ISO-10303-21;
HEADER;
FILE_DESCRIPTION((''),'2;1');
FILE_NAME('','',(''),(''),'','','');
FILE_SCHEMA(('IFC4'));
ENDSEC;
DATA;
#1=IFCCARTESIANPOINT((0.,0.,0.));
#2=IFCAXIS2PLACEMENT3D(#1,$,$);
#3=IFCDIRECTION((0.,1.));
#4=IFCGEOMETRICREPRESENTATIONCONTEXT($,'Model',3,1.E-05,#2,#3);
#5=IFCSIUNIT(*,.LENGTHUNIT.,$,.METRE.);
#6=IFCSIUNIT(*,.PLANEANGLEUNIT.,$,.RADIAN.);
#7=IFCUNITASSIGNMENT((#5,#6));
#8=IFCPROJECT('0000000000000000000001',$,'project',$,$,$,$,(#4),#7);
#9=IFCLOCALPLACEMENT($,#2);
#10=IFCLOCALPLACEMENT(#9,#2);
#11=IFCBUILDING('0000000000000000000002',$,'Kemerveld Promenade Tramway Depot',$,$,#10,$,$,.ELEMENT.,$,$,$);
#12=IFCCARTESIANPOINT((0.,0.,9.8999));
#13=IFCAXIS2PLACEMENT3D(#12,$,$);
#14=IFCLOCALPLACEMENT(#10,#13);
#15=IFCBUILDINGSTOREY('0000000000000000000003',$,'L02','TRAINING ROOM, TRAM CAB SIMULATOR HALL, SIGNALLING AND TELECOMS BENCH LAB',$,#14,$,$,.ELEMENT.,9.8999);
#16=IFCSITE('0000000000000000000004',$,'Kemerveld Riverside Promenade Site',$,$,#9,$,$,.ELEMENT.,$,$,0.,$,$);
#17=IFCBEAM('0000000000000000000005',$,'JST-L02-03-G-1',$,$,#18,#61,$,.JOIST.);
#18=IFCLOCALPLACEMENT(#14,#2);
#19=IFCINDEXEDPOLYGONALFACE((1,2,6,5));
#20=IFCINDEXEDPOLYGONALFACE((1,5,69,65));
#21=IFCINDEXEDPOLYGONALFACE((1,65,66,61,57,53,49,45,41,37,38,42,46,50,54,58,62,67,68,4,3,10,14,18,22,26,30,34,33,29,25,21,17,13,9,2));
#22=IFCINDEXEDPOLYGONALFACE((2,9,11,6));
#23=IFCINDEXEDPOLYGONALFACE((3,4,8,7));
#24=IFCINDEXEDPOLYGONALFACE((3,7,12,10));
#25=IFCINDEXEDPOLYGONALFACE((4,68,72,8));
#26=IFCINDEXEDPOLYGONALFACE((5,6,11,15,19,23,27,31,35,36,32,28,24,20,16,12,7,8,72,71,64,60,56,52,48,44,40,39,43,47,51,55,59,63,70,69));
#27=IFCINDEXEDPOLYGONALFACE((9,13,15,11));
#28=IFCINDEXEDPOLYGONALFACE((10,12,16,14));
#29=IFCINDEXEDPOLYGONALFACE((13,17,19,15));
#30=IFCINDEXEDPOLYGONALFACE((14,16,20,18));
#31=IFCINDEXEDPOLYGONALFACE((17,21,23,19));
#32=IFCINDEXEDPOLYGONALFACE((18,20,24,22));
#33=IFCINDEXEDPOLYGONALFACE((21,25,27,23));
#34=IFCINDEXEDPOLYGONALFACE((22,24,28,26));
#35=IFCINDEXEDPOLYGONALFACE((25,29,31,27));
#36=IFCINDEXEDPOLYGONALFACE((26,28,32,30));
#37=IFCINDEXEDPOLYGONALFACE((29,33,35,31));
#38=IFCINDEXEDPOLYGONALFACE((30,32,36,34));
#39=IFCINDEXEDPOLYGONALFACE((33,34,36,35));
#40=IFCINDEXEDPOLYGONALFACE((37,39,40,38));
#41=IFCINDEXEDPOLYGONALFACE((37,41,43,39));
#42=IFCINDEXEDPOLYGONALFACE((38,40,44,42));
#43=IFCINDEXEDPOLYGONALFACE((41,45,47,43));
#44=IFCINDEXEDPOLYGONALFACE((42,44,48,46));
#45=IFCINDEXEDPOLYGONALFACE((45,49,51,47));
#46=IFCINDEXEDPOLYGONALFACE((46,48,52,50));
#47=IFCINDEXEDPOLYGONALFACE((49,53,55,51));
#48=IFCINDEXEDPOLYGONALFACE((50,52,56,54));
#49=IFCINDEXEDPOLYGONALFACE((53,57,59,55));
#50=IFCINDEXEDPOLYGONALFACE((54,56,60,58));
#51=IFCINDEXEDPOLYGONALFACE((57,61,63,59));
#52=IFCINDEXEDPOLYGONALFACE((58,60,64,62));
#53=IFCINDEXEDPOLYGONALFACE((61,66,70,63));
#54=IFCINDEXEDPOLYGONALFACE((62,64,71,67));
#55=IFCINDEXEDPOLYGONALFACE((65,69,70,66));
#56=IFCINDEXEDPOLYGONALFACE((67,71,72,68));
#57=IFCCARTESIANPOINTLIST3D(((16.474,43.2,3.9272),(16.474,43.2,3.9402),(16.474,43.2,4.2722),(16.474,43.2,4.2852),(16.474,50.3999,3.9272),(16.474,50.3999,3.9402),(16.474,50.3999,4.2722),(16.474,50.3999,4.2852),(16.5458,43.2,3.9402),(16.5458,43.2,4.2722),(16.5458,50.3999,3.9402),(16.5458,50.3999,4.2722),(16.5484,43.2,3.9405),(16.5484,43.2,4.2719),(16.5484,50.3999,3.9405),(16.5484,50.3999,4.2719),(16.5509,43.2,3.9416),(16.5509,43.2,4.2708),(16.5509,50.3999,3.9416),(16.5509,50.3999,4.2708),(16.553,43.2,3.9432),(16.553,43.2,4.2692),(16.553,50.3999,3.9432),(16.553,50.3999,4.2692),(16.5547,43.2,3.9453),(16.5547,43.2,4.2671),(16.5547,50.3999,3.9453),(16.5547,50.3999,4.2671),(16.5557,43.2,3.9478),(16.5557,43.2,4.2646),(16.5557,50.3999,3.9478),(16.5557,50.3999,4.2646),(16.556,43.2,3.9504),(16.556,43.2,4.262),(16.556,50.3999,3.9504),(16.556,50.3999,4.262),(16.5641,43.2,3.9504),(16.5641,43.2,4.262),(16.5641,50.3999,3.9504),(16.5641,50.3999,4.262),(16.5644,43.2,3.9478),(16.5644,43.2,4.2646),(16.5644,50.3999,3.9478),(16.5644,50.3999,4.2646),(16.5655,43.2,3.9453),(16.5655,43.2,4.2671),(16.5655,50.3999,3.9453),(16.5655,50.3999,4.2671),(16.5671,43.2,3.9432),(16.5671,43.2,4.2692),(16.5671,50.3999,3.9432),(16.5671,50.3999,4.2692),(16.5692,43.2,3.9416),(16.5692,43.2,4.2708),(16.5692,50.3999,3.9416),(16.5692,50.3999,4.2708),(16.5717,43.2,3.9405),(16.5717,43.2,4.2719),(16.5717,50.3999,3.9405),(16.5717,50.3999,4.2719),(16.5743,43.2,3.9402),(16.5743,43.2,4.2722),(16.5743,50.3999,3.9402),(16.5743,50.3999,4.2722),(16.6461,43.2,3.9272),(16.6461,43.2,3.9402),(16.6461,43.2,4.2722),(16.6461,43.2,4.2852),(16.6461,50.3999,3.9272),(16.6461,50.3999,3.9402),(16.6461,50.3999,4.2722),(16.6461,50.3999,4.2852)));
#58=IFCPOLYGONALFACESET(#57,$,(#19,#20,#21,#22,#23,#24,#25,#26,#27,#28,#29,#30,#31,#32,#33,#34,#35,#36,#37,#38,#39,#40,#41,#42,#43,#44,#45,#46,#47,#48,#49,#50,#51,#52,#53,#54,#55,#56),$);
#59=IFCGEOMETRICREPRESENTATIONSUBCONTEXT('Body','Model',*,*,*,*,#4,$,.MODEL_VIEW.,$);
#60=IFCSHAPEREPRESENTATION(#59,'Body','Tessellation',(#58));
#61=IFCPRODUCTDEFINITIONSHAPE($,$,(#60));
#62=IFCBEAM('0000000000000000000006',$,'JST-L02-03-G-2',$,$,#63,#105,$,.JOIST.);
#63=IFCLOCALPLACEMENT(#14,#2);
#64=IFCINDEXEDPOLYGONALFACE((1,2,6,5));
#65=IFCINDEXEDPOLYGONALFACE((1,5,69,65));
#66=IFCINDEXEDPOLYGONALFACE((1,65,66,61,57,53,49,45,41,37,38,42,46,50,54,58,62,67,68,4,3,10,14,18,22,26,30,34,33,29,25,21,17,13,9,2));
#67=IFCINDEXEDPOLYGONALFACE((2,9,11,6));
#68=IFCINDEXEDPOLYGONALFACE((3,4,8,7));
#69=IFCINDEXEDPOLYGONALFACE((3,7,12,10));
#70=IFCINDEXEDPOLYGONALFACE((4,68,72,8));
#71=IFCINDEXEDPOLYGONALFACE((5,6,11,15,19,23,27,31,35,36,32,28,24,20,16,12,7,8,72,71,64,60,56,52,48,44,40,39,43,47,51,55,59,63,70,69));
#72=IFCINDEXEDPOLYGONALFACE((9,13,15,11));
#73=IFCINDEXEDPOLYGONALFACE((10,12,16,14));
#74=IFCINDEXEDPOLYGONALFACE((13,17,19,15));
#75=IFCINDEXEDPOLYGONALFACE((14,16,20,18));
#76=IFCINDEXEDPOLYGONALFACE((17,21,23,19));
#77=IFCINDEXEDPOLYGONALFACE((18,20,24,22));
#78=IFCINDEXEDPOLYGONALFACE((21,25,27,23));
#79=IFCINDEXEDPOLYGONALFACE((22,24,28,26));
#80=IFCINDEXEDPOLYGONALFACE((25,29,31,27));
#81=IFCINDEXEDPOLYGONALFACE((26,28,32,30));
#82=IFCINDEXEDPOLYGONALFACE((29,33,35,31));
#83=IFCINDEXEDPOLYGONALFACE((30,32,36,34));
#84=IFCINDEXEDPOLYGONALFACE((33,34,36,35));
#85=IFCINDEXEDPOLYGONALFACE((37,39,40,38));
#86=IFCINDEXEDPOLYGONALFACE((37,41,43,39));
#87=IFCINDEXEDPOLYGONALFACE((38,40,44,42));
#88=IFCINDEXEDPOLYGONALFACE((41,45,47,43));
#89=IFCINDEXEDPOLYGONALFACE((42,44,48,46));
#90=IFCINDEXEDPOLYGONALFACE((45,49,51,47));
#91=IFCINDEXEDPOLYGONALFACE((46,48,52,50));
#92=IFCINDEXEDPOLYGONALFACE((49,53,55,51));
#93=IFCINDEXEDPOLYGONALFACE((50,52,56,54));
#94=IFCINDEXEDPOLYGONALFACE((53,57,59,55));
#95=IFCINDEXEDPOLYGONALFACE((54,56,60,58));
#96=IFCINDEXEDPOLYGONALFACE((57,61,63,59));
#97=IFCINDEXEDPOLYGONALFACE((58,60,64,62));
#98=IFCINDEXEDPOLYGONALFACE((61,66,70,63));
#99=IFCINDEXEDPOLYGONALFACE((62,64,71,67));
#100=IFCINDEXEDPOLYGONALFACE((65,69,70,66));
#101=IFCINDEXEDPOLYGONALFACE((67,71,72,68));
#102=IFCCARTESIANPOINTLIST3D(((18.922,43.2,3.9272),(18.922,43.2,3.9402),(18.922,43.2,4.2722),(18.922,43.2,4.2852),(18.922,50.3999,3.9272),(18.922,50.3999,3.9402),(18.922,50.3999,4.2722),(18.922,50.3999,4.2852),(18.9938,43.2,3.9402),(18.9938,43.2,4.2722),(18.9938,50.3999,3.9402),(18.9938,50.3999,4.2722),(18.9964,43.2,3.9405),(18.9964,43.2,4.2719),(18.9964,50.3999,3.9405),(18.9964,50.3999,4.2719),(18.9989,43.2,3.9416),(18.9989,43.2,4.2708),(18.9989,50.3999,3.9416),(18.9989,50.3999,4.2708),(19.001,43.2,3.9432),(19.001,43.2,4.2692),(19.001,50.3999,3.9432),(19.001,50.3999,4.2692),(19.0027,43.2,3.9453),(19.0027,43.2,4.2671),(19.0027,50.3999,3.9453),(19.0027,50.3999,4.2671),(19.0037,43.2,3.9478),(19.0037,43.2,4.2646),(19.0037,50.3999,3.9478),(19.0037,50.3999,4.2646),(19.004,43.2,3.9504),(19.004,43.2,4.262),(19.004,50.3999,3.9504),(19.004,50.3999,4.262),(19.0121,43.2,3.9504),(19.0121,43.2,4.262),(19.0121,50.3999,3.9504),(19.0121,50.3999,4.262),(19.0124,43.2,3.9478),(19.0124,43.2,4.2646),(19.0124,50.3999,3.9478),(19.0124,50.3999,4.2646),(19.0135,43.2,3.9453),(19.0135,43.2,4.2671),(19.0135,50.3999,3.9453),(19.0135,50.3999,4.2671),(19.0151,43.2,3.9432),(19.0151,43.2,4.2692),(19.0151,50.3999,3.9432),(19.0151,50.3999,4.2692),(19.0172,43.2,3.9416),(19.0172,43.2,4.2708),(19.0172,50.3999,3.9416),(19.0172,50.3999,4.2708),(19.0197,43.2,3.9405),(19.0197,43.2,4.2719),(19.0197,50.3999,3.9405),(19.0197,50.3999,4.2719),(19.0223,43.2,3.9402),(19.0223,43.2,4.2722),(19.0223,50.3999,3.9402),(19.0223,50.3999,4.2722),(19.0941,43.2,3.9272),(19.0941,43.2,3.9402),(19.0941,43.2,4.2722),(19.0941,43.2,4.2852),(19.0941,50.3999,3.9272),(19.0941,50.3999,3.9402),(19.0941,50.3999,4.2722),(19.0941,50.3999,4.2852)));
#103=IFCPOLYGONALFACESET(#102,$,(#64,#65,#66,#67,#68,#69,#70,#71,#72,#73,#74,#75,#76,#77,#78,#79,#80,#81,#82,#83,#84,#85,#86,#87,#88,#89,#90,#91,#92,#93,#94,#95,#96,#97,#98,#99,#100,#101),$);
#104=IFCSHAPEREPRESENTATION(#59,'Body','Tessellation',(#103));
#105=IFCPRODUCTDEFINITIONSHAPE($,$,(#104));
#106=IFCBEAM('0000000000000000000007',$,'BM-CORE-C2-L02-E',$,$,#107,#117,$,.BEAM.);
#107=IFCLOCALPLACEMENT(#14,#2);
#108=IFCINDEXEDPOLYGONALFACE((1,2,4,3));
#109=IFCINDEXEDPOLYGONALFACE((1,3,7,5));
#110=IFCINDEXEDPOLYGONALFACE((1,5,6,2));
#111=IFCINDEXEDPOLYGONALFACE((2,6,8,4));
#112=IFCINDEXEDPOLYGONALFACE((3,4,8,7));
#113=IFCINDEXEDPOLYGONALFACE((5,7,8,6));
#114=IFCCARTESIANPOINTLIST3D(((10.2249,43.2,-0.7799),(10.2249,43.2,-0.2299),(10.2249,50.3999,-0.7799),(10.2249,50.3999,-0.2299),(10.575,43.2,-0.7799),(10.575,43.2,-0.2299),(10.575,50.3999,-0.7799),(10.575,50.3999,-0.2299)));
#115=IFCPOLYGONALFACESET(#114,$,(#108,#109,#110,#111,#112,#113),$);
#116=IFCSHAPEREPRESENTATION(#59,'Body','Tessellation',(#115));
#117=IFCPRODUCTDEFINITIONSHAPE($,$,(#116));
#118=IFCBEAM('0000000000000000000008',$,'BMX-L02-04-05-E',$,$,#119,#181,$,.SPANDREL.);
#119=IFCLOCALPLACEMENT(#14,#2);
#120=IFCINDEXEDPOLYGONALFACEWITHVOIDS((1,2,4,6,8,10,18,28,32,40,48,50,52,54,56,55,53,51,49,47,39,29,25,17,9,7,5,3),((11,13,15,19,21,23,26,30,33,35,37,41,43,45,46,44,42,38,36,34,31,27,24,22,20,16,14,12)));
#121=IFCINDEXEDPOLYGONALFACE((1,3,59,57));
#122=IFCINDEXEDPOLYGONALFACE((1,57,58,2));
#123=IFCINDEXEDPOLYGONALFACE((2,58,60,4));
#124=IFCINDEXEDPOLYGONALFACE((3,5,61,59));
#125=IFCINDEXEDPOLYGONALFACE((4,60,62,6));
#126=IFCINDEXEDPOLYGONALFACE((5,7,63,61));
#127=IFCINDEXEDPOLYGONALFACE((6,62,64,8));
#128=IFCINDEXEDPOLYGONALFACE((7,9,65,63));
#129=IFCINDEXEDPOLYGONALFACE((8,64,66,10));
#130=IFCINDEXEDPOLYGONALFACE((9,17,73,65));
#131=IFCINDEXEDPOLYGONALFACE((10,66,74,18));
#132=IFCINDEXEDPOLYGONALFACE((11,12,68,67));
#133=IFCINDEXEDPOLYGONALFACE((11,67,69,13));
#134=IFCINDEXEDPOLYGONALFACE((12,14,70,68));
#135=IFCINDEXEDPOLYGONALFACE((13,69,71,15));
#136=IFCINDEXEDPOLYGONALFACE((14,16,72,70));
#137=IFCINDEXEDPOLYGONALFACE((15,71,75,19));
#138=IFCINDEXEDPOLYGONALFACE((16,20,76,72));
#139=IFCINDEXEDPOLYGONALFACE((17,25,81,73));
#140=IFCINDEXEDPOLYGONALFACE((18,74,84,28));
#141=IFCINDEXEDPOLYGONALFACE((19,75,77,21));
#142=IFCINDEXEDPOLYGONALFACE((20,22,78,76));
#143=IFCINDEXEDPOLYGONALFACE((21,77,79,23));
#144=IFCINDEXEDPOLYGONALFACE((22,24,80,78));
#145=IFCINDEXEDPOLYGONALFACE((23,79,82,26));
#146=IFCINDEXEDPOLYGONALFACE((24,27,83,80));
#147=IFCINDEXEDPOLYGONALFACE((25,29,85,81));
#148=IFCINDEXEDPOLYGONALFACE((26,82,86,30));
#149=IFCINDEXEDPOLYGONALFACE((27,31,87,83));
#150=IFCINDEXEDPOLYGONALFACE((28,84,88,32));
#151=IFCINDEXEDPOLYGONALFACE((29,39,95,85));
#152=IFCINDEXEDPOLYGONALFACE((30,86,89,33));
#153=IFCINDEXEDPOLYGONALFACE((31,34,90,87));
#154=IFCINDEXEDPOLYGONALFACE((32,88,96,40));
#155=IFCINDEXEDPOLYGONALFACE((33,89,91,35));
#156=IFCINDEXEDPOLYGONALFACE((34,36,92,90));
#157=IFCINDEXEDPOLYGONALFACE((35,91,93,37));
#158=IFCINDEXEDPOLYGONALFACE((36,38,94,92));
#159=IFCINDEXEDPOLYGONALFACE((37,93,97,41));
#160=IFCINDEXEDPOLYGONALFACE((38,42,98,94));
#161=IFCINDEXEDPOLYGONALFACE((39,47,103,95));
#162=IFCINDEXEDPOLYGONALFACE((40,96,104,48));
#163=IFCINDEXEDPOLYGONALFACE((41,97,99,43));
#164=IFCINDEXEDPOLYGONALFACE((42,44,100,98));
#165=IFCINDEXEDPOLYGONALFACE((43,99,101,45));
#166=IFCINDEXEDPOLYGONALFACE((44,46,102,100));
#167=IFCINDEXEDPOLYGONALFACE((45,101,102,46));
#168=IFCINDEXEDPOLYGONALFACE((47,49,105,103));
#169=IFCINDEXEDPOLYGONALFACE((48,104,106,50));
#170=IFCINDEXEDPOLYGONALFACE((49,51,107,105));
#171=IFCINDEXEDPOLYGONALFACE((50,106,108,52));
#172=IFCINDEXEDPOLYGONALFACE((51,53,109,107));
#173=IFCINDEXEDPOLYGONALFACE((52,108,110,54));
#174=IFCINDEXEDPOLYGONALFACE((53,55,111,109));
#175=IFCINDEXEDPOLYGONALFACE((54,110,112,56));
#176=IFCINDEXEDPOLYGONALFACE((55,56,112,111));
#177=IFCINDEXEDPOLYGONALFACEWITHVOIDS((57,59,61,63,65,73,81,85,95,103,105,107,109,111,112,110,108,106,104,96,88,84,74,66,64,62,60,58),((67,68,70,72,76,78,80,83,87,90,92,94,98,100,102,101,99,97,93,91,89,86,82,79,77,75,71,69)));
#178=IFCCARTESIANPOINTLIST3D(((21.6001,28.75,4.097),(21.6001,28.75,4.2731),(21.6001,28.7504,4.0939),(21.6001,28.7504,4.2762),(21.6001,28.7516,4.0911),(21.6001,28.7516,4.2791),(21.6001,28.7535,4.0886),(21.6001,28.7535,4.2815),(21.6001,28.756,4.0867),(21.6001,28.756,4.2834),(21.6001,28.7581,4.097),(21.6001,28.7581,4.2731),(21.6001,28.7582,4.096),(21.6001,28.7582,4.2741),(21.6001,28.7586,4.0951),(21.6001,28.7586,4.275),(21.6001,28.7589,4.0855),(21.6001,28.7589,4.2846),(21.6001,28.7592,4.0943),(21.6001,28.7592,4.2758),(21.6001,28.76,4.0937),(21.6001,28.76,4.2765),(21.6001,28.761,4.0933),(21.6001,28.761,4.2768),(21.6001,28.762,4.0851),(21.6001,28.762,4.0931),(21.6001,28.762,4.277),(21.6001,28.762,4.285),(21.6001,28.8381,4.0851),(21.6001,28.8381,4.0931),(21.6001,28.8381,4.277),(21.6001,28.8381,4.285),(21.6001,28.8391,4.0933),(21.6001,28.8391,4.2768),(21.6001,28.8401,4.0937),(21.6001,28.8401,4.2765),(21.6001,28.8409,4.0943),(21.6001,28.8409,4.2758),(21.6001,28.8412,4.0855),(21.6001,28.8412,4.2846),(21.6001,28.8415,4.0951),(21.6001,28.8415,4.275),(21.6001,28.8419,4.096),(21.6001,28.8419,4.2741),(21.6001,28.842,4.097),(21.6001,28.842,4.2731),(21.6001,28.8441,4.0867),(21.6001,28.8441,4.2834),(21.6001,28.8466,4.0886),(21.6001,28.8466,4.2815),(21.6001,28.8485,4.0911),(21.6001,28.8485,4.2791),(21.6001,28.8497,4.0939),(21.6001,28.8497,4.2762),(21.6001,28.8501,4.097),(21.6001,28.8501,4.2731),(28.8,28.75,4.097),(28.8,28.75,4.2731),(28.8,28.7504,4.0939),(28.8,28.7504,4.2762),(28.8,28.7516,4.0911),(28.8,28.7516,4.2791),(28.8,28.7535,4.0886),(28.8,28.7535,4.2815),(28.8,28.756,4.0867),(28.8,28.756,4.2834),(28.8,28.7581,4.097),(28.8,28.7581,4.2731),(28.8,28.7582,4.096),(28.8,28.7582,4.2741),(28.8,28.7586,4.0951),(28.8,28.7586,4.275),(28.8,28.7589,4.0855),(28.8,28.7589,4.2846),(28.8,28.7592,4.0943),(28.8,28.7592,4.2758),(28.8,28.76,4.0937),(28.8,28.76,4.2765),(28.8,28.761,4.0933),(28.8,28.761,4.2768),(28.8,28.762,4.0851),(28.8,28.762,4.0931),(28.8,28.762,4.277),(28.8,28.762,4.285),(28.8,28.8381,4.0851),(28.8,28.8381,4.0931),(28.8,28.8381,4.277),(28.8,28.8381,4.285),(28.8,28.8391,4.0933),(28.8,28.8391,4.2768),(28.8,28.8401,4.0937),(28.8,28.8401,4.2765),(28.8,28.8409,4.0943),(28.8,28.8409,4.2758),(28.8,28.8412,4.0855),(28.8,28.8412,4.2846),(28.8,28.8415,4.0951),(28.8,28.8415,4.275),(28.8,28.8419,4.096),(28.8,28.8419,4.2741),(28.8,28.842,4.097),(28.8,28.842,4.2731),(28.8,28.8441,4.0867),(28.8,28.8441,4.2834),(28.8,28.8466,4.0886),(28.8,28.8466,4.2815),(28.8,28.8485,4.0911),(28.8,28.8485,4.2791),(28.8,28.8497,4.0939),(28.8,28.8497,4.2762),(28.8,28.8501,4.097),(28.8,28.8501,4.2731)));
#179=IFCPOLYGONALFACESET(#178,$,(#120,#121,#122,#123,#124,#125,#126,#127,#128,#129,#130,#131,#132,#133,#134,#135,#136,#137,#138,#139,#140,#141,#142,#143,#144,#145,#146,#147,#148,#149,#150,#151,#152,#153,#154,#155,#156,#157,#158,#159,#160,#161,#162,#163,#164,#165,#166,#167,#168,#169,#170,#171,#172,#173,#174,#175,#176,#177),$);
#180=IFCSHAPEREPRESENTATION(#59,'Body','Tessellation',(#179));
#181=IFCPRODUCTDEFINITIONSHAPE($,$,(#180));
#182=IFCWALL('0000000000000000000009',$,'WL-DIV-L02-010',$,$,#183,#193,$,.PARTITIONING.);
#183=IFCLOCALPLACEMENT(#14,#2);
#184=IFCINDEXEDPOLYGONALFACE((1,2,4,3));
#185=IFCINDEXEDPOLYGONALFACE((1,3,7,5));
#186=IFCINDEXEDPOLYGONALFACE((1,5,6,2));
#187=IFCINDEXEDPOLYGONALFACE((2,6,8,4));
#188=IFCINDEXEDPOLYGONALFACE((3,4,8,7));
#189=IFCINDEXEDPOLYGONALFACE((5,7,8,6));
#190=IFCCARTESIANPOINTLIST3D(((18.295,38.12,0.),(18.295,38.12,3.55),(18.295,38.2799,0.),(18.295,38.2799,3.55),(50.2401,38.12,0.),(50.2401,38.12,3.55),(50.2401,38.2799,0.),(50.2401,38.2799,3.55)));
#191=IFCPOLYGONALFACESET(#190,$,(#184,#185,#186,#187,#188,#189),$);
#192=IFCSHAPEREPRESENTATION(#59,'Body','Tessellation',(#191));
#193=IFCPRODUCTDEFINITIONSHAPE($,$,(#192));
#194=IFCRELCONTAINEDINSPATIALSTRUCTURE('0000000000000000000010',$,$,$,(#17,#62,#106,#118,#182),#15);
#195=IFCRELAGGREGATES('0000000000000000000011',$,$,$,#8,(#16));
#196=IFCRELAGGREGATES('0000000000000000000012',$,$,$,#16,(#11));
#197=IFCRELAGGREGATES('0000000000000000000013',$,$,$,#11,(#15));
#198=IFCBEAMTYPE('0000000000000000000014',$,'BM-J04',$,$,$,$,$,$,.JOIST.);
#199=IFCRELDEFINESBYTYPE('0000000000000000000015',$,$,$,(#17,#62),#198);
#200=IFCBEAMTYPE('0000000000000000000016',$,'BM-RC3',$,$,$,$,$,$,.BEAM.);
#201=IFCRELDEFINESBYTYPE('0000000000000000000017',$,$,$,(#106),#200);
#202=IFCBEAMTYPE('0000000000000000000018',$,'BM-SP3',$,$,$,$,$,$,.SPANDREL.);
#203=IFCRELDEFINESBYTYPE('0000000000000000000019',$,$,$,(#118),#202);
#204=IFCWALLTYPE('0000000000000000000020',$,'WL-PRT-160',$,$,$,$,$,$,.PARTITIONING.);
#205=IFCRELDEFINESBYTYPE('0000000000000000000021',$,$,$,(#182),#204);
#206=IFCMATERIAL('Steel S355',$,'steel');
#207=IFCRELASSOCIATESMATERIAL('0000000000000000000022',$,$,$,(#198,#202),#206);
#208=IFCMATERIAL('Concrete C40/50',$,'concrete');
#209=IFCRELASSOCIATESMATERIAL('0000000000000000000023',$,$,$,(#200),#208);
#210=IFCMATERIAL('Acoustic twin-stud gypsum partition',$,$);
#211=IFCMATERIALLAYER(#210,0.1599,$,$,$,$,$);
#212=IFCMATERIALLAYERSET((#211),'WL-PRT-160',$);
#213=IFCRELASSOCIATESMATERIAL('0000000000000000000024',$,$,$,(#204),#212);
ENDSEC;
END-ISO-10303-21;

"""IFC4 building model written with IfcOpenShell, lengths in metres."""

from ifc_helpers import new_model, si_unit, direction, frame, frame_2d, origin, origin_2d, place, context, subcontext, project, spatial, rectangle, hollow_rectangle, i_section, extrude, material, layer, layer_set, material_profile, profile_set, type_object, element, save


model = new_model("IFC4")

# Units and contexts
model_context = context("Model", 3, precision=1e-05, world=origin(), true_north=direction((0.0, 1.0)))
body_context = subcontext(model_context, "Body", "Model", "MODEL_VIEW")
ifc_project = project(units=[si_unit("LENGTHUNIT", "METRE"), si_unit("PLANEANGLEUNIT", "RADIAN")], contexts=[model_context])

# Site, building, storey
site_placement = place(None, origin())
site = spatial("IfcSite", under=ifc_project, at=site_placement, Name="Kemerveld Riverside Promenade Site", CompositionType="ELEMENT", RefElevation=0.0)
building_placement = place(site_placement, origin())
building = spatial("IfcBuilding", under=site, at=building_placement, Name="Kemerveld Promenade Tramway Depot", CompositionType="ELEMENT")
storey_placement = place(building_placement, frame((0.0, 0.0, 9.8999)))
storey = spatial("IfcBuildingStorey", under=building, at=storey_placement, Name="L02", Description="TRAINING ROOM, TRAM CAB SIMULATOR HALL, SIGNALLING AND TELECOMS BENCH LAB", CompositionType="ELEMENT", Elevation=9.8999)

# Shared definitions
ifc_material_1 = material(Name="Steel S355", Category="steel")

# Beams
ifc_material_profile_1 = material_profile(ifc_material_1, i_section(OverallWidth=0.1721, OverallDepth=0.3579, WebThickness=0.0081, FlangeThickness=0.0129, FilletRadius=0.0103, at=origin_2d()), Name="356x171x57 UB")
ifc_profile_set_1 = profile_set([ifc_material_profile_1], Name="Steel S355")
beam_type_1 = type_object("IfcBeamType", Name="BM-J04", PredefinedType="JOIST", material=ifc_profile_set_1)
for number, where, z_axis, x_axis, name in (
    (1, (16.5601, 43.2, 4.1062), (0.0, 1.0, 0.0), (-1.0, 0.0, 0.0), "JST-L02-03-G-1"),
    (2, (19.0081, 43.2, 4.1062), (0.0, 1.0, 0.0), (-1.0, 0.0, 0.0), "JST-L02-03-G-2"),
):
    element("IfcBeam", number, at=place(storey_placement, frame(where, z_axis=z_axis, x_axis=x_axis)), inside=storey, type_object=beam_type_1, Name=name, PredefinedType="JOIST", context=body_context, shape_type="SweptSolid", body=[
        extrude(i_section(OverallWidth=0.1721, OverallDepth=0.3579, WebThickness=0.0081, FlangeThickness=0.0129, FilletRadius=0.0103, at=origin_2d()), origin(), (0.0, 0.0, 1.0), 7.2),
    ])
ifc_material_2 = material(Name="Concrete C40/50", Category="concrete")
ifc_material_profile_2 = material_profile(ifc_material_2, rectangle(XDim=0.3501, YDim=0.55, at=origin_2d()), Name="RC-BM-350x550")
ifc_profile_set_2 = profile_set([ifc_material_profile_2], Name="Concrete C40/50")
beam_type_2 = type_object("IfcBeamType", Name="BM-RC3", PredefinedType="BEAM", material=ifc_profile_set_2)
beam_1_placement = place(storey_placement, frame((10.3999, 43.2, -0.5049), z_axis=(0.0, 1.0, 0.0), x_axis=(-1.0, 0.0, 0.0)))
element("IfcBeam", 3, at=beam_1_placement, inside=storey, type_object=beam_type_2, Name="BM-CORE-C2-L02-E", PredefinedType="BEAM", context=body_context, shape_type="SweptSolid", body=[
    extrude(rectangle(XDim=0.3501, YDim=0.55, at=origin_2d()), origin(), (0.0, 0.0, 1.0), 7.2),
])
ifc_material_profile_3 = material_profile(ifc_material_1, hollow_rectangle(XDim=0.1001, YDim=0.2, WallThickness=0.0081, InnerFilletRadius=0.0039, OuterFilletRadius=0.012, at=origin_2d()), Name="200x100x8.0 RHS")
ifc_profile_set_3 = profile_set([ifc_material_profile_3], Name="Steel S355")
beam_type_3 = type_object("IfcBeamType", Name="BM-SP3", PredefinedType="SPANDREL", material=ifc_profile_set_3)
beam_2_placement = place(storey_placement, frame((21.6001, 28.8, 4.1851), z_axis=(1.0, 0.0, 0.0), x_axis=(0.0, 1.0, 0.0)))
element("IfcBeam", 4, at=beam_2_placement, inside=storey, type_object=beam_type_3, Name="BMX-L02-04-05-E", PredefinedType="SPANDREL", context=body_context, shape_type="SweptSolid", body=[
    extrude(hollow_rectangle(XDim=0.1001, YDim=0.2, WallThickness=0.0081, InnerFilletRadius=0.0039, OuterFilletRadius=0.012, at=origin_2d()), origin(), (0.0, 0.0, 1.0), 7.2),
])

# Wall
ifc_material_3 = material(Name="Acoustic twin-stud gypsum partition")
ifc_layer_1 = layer(ifc_material_3, 0.1599)
ifc_layer_set_1 = layer_set([ifc_layer_1], Name="WL-PRT-160")
wall_type_1 = type_object("IfcWallType", Name="WL-PRT-160", PredefinedType="PARTITIONING", material=ifc_layer_set_1)
wall_1_placement = place(storey_placement, frame((18.2949, 38.2, 0.0), z_axis=(0.0, 0.0, 1.0), x_axis=(1.0, 0.0, 0.0)))
element("IfcWall", 5, at=wall_1_placement, inside=storey, type_object=wall_type_1, Name="WL-DIV-L02-010", PredefinedType="PARTITIONING", context=body_context, shape_type="SweptSolid", body=[
    extrude(rectangle(XDim=31.9451, YDim=0.1599, at=frame_2d((15.9727, 0.0))), origin(), (0.0, 0.0, 1.0), 3.55),
])

save(model, "model.ifc")
